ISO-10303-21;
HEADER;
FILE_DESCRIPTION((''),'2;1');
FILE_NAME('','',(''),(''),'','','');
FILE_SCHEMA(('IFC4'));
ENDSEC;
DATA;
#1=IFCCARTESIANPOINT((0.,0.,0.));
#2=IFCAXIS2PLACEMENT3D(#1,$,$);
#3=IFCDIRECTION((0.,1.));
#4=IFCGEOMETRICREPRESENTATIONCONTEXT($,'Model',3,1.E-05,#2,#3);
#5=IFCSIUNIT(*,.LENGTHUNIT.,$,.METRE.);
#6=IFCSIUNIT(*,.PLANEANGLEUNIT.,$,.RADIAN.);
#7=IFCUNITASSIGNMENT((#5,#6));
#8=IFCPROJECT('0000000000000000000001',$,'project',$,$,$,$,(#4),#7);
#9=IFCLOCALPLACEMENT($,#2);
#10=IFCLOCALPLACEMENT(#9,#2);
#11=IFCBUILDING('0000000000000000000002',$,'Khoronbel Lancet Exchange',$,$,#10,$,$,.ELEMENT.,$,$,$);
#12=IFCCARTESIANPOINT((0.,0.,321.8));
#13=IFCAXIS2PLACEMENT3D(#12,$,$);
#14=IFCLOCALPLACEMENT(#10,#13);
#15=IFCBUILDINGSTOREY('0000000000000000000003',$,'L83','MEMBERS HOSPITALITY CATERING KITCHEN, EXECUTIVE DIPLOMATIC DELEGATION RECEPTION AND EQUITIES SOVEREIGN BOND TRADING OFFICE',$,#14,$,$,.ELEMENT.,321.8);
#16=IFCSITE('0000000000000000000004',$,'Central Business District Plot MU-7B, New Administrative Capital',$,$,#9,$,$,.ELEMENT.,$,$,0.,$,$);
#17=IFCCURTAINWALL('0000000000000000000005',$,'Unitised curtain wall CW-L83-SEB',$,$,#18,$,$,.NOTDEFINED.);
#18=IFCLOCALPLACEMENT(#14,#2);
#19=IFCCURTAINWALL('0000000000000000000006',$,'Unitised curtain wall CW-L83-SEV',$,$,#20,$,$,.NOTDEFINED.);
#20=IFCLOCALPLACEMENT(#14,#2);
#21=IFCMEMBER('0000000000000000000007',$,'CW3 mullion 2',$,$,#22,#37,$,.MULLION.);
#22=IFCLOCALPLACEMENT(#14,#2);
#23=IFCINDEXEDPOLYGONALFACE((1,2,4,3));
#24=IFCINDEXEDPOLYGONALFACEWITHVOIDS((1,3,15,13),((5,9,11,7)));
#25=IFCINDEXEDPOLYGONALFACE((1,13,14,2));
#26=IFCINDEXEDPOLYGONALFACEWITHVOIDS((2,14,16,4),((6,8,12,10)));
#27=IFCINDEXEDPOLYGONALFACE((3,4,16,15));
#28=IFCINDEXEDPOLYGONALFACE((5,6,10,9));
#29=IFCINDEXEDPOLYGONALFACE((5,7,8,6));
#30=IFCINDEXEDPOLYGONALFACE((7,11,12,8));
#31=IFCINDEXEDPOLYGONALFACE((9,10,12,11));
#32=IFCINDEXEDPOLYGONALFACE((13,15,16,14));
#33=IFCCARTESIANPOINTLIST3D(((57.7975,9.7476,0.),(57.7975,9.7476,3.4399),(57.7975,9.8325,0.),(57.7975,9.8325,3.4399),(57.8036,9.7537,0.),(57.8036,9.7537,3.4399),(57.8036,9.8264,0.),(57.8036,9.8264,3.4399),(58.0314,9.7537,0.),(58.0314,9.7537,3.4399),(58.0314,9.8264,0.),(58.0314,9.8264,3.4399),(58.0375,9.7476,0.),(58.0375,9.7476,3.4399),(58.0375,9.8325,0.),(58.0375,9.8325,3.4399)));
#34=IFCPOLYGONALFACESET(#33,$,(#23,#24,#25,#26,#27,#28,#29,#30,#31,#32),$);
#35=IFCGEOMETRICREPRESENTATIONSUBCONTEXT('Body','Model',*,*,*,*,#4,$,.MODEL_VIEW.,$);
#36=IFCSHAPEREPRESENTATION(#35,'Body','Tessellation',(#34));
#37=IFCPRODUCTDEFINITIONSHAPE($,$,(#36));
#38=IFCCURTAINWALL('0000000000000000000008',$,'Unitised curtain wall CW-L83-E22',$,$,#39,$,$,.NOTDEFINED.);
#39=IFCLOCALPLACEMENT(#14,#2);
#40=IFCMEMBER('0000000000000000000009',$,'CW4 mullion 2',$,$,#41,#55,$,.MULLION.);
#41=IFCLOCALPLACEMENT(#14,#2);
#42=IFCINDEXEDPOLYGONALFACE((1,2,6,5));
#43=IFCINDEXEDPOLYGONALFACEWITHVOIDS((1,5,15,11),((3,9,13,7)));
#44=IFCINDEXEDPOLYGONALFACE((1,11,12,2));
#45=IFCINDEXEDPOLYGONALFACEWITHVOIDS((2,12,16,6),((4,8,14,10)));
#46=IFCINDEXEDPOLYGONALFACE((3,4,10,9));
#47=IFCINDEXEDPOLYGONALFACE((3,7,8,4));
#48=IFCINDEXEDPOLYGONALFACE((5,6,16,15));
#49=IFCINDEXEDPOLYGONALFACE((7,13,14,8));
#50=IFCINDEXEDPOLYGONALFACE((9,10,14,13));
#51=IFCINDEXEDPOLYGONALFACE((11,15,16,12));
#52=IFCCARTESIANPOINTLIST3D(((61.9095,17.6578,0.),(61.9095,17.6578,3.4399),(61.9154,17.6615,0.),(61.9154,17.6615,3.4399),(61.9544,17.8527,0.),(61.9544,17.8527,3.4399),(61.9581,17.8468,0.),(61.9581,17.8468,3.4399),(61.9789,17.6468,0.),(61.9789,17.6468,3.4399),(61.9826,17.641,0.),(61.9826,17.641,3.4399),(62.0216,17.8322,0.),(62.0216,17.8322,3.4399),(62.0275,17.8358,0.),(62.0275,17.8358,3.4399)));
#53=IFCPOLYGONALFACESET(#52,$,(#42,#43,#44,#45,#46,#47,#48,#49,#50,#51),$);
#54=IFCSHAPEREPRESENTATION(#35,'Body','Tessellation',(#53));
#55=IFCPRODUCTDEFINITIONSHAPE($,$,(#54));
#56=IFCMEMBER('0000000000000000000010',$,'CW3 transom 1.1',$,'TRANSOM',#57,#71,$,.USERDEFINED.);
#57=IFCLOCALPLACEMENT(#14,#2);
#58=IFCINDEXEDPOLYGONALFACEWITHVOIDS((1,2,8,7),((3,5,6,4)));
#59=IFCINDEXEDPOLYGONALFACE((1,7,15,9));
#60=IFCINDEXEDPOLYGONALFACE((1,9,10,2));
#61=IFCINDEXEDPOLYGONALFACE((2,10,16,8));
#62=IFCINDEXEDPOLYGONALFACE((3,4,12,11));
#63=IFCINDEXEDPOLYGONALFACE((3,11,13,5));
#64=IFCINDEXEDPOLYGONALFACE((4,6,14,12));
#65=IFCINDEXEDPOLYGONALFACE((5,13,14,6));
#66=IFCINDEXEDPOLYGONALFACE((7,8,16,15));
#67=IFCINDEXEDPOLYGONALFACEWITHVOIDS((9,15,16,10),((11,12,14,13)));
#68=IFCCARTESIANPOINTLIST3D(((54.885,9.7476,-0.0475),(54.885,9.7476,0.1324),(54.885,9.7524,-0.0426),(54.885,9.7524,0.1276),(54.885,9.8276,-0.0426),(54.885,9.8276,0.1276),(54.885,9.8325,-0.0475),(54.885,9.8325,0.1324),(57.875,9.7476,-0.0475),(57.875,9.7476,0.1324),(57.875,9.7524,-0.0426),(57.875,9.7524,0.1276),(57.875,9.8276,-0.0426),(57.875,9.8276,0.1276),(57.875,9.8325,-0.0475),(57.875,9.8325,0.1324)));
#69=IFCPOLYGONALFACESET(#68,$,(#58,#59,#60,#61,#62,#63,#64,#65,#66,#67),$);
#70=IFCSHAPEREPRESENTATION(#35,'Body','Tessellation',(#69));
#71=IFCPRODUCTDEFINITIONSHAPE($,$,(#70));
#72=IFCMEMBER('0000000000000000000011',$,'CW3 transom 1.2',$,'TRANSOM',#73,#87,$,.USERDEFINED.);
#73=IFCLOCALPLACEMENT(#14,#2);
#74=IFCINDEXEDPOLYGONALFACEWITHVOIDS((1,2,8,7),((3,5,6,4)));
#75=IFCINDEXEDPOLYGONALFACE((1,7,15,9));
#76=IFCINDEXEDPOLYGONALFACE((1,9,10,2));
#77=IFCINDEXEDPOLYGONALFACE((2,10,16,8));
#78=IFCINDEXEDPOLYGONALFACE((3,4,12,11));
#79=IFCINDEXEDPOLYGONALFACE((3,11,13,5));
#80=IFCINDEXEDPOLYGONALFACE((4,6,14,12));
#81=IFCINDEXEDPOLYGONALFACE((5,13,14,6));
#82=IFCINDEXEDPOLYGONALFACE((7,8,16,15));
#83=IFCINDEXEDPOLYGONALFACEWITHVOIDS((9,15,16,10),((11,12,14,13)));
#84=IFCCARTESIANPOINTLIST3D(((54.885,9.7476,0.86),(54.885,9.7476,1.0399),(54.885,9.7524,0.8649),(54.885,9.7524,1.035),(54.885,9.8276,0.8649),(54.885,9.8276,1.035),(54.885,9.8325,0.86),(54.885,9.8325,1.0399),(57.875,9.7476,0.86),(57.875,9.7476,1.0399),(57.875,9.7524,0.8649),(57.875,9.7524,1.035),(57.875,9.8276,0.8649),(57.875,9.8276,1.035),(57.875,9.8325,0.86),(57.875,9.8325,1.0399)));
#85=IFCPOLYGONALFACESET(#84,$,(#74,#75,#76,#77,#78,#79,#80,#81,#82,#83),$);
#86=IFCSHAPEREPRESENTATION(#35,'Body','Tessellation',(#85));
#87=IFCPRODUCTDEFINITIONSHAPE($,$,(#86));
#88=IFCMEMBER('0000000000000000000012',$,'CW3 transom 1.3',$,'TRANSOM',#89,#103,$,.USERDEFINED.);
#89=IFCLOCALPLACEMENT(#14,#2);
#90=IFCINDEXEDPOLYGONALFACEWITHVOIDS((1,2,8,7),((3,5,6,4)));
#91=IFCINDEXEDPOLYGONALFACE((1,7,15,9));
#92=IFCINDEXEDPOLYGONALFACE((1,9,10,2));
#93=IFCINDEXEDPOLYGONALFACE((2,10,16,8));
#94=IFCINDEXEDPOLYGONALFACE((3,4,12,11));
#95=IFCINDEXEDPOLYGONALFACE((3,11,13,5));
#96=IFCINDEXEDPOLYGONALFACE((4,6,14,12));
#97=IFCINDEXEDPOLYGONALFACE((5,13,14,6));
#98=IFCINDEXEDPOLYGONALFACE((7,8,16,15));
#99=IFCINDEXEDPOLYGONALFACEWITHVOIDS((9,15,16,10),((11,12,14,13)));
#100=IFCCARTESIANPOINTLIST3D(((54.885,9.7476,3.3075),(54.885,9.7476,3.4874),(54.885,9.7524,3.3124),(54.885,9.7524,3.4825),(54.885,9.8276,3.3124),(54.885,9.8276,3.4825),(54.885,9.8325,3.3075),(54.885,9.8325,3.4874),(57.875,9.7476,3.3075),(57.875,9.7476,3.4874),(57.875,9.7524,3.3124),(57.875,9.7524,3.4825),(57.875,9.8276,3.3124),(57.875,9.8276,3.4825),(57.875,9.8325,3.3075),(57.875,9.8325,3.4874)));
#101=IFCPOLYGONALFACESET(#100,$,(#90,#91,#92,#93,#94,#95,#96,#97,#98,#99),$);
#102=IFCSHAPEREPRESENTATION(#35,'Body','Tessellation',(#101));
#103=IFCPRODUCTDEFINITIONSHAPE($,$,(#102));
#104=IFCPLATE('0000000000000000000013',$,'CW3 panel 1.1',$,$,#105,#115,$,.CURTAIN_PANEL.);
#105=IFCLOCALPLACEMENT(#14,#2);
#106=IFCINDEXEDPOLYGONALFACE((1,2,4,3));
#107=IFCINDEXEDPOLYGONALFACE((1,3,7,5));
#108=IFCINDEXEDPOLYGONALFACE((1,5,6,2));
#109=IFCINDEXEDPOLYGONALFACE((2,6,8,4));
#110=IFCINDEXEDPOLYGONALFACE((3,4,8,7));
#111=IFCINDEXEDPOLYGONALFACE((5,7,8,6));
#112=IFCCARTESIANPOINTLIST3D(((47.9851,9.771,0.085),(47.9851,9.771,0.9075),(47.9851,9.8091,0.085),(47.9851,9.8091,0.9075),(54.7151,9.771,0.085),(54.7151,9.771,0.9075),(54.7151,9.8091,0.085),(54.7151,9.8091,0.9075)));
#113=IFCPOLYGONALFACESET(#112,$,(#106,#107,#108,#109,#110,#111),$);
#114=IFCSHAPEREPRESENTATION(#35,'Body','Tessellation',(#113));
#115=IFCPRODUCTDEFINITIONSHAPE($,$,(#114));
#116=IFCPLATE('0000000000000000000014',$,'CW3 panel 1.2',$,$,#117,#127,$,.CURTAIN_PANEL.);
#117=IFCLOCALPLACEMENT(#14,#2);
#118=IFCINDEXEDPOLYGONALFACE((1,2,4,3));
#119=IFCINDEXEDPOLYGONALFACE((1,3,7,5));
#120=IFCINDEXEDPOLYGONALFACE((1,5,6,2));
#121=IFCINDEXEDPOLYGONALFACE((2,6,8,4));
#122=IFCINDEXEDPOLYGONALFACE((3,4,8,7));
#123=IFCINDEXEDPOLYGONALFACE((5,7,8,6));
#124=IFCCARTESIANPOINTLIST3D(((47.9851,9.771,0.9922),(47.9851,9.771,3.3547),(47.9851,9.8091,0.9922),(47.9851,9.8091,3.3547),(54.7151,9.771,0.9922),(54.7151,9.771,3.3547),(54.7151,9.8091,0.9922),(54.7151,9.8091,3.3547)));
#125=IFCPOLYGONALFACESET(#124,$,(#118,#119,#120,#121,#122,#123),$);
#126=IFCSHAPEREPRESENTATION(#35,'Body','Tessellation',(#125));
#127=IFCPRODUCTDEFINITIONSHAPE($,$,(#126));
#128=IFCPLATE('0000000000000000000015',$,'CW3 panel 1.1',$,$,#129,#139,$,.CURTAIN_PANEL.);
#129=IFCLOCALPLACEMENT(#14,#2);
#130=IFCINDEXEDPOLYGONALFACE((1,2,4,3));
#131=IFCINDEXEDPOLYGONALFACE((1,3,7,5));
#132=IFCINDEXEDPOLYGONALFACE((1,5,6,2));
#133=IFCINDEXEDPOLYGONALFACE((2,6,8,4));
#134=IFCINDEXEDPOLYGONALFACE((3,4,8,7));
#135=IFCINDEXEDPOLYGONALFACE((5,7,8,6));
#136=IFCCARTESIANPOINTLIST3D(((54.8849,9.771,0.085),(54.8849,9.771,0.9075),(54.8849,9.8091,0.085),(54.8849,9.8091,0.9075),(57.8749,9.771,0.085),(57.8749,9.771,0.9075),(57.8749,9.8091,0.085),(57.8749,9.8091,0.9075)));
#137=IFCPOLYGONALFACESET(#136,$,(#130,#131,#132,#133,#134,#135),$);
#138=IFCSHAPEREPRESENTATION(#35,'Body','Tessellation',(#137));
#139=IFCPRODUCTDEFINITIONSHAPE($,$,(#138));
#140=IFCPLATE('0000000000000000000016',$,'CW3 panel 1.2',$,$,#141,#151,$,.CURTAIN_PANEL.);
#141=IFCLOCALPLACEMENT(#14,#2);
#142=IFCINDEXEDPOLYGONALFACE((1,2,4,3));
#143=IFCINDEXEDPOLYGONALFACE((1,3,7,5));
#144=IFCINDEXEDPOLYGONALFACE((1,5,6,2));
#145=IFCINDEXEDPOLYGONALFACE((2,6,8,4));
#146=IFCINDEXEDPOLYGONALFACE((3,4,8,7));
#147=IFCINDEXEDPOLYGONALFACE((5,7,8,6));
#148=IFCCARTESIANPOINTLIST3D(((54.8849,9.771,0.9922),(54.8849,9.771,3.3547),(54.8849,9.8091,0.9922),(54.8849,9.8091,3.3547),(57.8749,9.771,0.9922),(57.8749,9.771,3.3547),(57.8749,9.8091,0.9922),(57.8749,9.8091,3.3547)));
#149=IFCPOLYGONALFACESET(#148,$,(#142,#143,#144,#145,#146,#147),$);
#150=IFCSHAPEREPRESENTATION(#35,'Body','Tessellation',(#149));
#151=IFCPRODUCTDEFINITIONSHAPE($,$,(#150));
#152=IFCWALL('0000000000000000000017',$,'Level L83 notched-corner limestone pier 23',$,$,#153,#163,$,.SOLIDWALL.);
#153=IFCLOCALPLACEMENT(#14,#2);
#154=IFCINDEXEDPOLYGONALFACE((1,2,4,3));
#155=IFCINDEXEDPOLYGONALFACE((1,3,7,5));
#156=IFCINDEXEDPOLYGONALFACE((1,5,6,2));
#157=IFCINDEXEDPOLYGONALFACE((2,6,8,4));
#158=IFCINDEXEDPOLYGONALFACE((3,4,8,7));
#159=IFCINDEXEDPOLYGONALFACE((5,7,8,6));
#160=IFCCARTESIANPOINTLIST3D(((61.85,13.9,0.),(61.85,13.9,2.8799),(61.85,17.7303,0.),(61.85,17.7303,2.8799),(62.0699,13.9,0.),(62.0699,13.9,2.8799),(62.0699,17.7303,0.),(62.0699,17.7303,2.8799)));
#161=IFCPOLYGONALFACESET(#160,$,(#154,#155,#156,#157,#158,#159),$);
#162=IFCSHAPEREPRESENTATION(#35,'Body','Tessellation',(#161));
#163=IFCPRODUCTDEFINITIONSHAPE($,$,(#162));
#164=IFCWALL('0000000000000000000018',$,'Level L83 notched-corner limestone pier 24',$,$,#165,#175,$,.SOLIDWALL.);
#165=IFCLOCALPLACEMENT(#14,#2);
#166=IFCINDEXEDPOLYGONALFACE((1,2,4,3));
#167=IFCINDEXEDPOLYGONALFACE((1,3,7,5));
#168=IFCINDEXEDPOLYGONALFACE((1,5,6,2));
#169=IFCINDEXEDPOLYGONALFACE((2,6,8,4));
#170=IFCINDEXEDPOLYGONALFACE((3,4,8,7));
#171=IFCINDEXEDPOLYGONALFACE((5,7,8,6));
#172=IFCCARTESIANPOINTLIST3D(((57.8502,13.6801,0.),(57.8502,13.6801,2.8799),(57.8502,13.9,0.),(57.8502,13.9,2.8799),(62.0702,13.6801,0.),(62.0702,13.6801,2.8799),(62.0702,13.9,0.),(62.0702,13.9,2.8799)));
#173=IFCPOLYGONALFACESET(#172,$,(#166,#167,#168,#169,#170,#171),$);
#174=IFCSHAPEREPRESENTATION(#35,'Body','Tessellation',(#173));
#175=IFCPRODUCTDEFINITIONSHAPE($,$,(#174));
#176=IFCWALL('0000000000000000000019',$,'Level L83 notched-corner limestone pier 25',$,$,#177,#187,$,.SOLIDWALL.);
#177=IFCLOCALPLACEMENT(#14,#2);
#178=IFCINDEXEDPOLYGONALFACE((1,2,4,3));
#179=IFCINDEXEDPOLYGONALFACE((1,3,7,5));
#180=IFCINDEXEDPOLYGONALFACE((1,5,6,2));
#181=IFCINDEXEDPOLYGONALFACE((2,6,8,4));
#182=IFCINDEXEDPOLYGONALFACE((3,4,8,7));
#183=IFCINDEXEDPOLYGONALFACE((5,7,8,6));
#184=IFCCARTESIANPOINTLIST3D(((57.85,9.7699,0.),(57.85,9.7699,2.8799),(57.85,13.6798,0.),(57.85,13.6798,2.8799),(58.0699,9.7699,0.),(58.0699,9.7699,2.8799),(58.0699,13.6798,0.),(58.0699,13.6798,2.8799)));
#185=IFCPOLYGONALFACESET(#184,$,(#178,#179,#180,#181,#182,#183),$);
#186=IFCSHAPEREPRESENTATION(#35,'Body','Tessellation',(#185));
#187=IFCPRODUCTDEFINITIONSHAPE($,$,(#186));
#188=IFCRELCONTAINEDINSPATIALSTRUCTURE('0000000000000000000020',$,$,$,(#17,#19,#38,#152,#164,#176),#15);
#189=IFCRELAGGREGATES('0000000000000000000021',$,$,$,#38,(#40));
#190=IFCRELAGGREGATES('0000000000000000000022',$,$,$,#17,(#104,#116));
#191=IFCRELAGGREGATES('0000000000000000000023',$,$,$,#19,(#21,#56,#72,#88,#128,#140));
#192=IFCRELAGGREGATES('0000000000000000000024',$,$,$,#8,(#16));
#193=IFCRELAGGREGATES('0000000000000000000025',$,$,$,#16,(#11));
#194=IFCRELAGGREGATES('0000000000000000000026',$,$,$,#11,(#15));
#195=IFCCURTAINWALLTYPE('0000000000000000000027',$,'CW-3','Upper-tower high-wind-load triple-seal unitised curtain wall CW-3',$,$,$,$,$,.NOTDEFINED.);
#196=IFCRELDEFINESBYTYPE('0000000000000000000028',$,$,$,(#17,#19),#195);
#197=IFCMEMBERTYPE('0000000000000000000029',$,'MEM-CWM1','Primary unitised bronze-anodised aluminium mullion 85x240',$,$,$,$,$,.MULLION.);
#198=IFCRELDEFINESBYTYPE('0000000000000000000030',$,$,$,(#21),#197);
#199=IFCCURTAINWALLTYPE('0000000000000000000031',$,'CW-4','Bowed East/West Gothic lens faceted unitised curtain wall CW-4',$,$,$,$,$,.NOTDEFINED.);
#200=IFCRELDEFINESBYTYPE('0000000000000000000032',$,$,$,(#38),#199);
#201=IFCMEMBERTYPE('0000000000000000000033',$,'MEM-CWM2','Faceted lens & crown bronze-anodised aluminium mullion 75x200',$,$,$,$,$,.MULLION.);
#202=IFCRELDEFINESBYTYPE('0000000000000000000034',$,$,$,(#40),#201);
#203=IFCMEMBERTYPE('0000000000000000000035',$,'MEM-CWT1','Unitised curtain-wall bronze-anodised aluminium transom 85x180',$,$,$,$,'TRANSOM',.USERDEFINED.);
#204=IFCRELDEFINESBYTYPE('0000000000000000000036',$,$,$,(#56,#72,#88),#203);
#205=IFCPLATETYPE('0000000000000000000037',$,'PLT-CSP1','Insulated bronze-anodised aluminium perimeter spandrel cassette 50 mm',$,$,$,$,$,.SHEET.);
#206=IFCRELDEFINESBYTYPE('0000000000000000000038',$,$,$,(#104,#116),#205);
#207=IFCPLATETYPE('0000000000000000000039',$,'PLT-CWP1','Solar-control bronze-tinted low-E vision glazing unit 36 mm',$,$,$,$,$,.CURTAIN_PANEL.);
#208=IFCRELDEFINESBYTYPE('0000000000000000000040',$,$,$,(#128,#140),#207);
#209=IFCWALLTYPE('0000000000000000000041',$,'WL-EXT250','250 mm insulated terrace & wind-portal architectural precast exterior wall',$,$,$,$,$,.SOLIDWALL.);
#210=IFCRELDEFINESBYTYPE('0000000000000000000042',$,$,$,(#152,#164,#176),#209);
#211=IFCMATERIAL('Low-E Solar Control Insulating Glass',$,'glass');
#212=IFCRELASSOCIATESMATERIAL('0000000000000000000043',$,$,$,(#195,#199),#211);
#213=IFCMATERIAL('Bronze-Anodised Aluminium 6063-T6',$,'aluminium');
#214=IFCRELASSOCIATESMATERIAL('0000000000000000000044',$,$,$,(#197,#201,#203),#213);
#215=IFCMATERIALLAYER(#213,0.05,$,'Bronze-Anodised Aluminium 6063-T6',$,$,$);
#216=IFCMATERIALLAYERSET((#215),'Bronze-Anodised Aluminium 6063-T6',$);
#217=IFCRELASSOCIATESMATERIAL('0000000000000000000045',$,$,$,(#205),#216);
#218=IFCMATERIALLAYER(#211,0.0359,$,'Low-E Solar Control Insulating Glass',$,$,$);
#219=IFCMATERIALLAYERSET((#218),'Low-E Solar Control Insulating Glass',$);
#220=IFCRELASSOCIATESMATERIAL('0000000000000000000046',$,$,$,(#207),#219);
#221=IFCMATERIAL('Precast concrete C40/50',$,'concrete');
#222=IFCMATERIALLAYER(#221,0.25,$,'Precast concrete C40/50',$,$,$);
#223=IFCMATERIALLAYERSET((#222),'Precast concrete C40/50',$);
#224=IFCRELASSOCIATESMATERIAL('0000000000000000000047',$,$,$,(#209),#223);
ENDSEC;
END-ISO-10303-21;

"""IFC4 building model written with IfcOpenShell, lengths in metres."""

from ifc_helpers import new_model, si_unit, direction, frame, frame_2d, origin, origin_2d, place, context, subcontext, project, spatial, rectangle, hollow_rectangle, extrude, material, layer, layer_set, material_profile, profile_set, type_object, element, aggregate, save


model = new_model("IFC4")

# Units and contexts
model_context = context("Model", 3, precision=1e-05, world=origin(), true_north=direction((0.0, 1.0)))
body_context = subcontext(model_context, "Body", "Model", "MODEL_VIEW")
ifc_project = project(units=[si_unit("LENGTHUNIT", "METRE"), si_unit("PLANEANGLEUNIT", "RADIAN")], contexts=[model_context])

# Site, building, storey
site_placement = place(None, origin())
site = spatial("IfcSite", under=ifc_project, at=site_placement, Name="Central Business District Plot MU-7B, New Administrative Capital", CompositionType="ELEMENT", RefElevation=0.0)
building_placement = place(site_placement, origin())
building = spatial("IfcBuilding", under=site, at=building_placement, Name="Khoronbel Lancet Exchange", CompositionType="ELEMENT")
storey_placement = place(building_placement, frame((0.0, 0.0, 321.8)))
storey = spatial("IfcBuildingStorey", under=building, at=storey_placement, Name="L83", Description="MEMBERS HOSPITALITY CATERING KITCHEN, EXECUTIVE DIPLOMATIC DELEGATION RECEPTION AND EQUITIES SOVEREIGN BOND TRADING OFFICE", CompositionType="ELEMENT", Elevation=321.8)

# Curtain wall
ifc_material_1 = material(Name="Low-E Solar Control Insulating Glass", Category="glass")
curtain_wall_type_1 = type_object("IfcCurtainWallType", Name="CW-3", Description="Upper-tower high-wind-load triple-seal unitised curtain wall CW-3", PredefinedType="NOTDEFINED", material=ifc_material_1)
curtain_wall_1_placement = place(storey_placement, origin())
curtain_wall_1 = element("IfcCurtainWall", 1, at=curtain_wall_1_placement, inside=storey, type_object=curtain_wall_type_1, Name="Unitised curtain wall CW-L83-SEB", PredefinedType="NOTDEFINED")
ifc_material_2 = material(Name="Bronze-Anodised Aluminium 6063-T6", Category="aluminium")
ifc_material_profile_1 = material_profile(ifc_material_2, hollow_rectangle(XDim=0.085, YDim=0.24, WallThickness=0.0061, at=origin_2d()), Name="ALU MULLION 85x240")
ifc_profile_set_1 = profile_set([ifc_material_profile_1], Name="Bronze-Anodised Aluminium 6063-T6")
member_type_1 = type_object("IfcMemberType", Name="MEM-CWM1", Description="Primary unitised bronze-anodised aluminium mullion 85x240", PredefinedType="MULLION", material=ifc_profile_set_1)

# Curtain wall, member
curtain_wall_2_placement = place(storey_placement, origin())
curtain_wall_2 = element("IfcCurtainWall", 2, at=curtain_wall_2_placement, inside=storey, type_object=curtain_wall_type_1, Name="Unitised curtain wall CW-L83-SEV", PredefinedType="NOTDEFINED")
member_1_placement = place(storey_placement, frame((57.9175, 9.79, 0.0), z_axis=(0.0, 0.0, 1.0), x_axis=(0.0, 1.0, 0.0)))
member_1 = element("IfcMember", 3, at=member_1_placement, type_object=member_type_1, Name="CW3 mullion 2", PredefinedType="MULLION", context=body_context, shape_type="SweptSolid", body=[
    extrude(hollow_rectangle(XDim=0.085, YDim=0.24, WallThickness=0.0061, at=origin_2d()), origin(), (0.0, 0.0, 1.0), 3.4399),
])

# Curtain wall, member
curtain_wall_type_2 = type_object("IfcCurtainWallType", Name="CW-4", Description="Bowed East/West Gothic lens faceted unitised curtain wall CW-4", PredefinedType="NOTDEFINED", material=ifc_material_1)
curtain_wall_3_placement = place(storey_placement, origin())
curtain_wall_3 = element("IfcCurtainWall", 4, at=curtain_wall_3_placement, inside=storey, type_object=curtain_wall_type_2, Name="Unitised curtain wall CW-L83-E22", PredefinedType="NOTDEFINED")
ifc_material_profile_2 = material_profile(ifc_material_2, hollow_rectangle(XDim=0.075, YDim=0.2, WallThickness=0.0049, at=origin_2d()), Name="ALU MULLION 75x200")
ifc_profile_set_2 = profile_set([ifc_material_profile_2], Name="Bronze-Anodised Aluminium 6063-T6")
member_type_2 = type_object("IfcMemberType", Name="MEM-CWM2", Description="Faceted lens & crown bronze-anodised aluminium mullion 75x200", PredefinedType="MULLION", material=ifc_profile_set_2)
member_2_placement = place(storey_placement, frame((61.9685, 17.7468, 0.0), z_axis=(0.0, 0.0, 1.0), x_axis=(0.97448, -0.224476, 0.0)))
member_2 = element("IfcMember", 5, at=member_2_placement, type_object=member_type_2, Name="CW4 mullion 2", PredefinedType="MULLION", context=body_context, shape_type="SweptSolid", body=[
    extrude(hollow_rectangle(XDim=0.075, YDim=0.2, WallThickness=0.0049, at=origin_2d()), origin(), (0.0, 0.0, 1.0), 3.4399),
])
aggregate(curtain_wall_3, [member_2])

# Members
ifc_material_profile_3 = material_profile(ifc_material_2, hollow_rectangle(XDim=0.085, YDim=0.1799, WallThickness=0.0049, at=origin_2d()), Name="ALU TRANSOM 85x180")
ifc_profile_set_3 = profile_set([ifc_material_profile_3], Name="Bronze-Anodised Aluminium 6063-T6")
member_type_3 = type_object("IfcMemberType", Name="MEM-CWT1", Description="Unitised curtain-wall bronze-anodised aluminium transom 85x180", ElementType="TRANSOM", PredefinedType="USERDEFINED", material=ifc_profile_set_3)
member_3_placement = place(storey_placement, frame((54.885, 9.79, 0.0425), z_axis=(1.0, 0.0, 0.0), x_axis=(0.0, 1.0, 0.0)))
member_3 = element("IfcMember", 6, at=member_3_placement, type_object=member_type_3, Name="CW3 transom 1.1", ObjectType="TRANSOM", PredefinedType="USERDEFINED", context=body_context, shape_type="SweptSolid", body=[
    extrude(hollow_rectangle(XDim=0.085, YDim=0.1799, WallThickness=0.0049, at=origin_2d()), origin(), (0.0, 0.0, 1.0), 2.99),
])
member_4_placement = place(storey_placement, frame((54.885, 9.79, 0.95), z_axis=(1.0, 0.0, 0.0), x_axis=(0.0, 1.0, 0.0)))
member_4 = element("IfcMember", 7, at=member_4_placement, type_object=member_type_3, Name="CW3 transom 1.2", ObjectType="TRANSOM", PredefinedType="USERDEFINED", context=body_context, shape_type="SweptSolid", body=[
    extrude(hollow_rectangle(XDim=0.085, YDim=0.1799, WallThickness=0.0049, at=origin_2d()), origin(), (0.0, 0.0, 1.0), 2.99),
])
member_5_placement = place(storey_placement, frame((54.885, 9.79, 3.3975), z_axis=(1.0, 0.0, 0.0), x_axis=(0.0, 1.0, 0.0)))
member_5 = element("IfcMember", 8, at=member_5_placement, type_object=member_type_3, Name="CW3 transom 1.3", ObjectType="TRANSOM", PredefinedType="USERDEFINED", context=body_context, shape_type="SweptSolid", body=[
    extrude(hollow_rectangle(XDim=0.085, YDim=0.1799, WallThickness=0.0049, at=origin_2d()), origin(), (0.0, 0.0, 1.0), 2.99),
])

# Plates
ifc_layer_1 = layer(ifc_material_2, 0.05, Name="Bronze-Anodised Aluminium 6063-T6")
ifc_layer_set_1 = layer_set([ifc_layer_1], Name="Bronze-Anodised Aluminium 6063-T6")
plate_type_1 = type_object("IfcPlateType", Name="PLT-CSP1", Description="Insulated bronze-anodised aluminium perimeter spandrel cassette 50 mm", PredefinedType="SHEET", material=ifc_layer_set_1)
plate_1_placement = place(storey_placement, frame((51.3501, 9.79, 0.085), z_axis=(0.0, 0.0, 1.0), x_axis=(1.0, 0.0, 0.0)))
plate_1 = element("IfcPlate", 9, at=plate_1_placement, type_object=plate_type_1, Name="CW3 panel 1.1", PredefinedType="CURTAIN_PANEL", context=body_context, shape_type="SweptSolid", body=[
    extrude(rectangle(XDim=6.73, YDim=0.0381, at=origin_2d()), origin(), (0.0, 0.0, 1.0), 0.8225),
])
plate_2_placement = place(storey_placement, frame((51.3501, 9.79, 0.9922), z_axis=(0.0, 0.0, 1.0), x_axis=(1.0, 0.0, 0.0)))
plate_2 = element("IfcPlate", 10, at=plate_2_placement, type_object=plate_type_1, Name="CW3 panel 1.2", PredefinedType="CURTAIN_PANEL", context=body_context, shape_type="SweptSolid", body=[
    extrude(rectangle(XDim=6.73, YDim=0.0381, at=origin_2d()), origin(), (0.0, 0.0, 1.0), 2.3625),
])
aggregate(curtain_wall_1, [plate_1, plate_2])
ifc_layer_2 = layer(ifc_material_1, 0.0359, Name="Low-E Solar Control Insulating Glass")
ifc_layer_set_2 = layer_set([ifc_layer_2], Name="Low-E Solar Control Insulating Glass")
plate_type_2 = type_object("IfcPlateType", Name="PLT-CWP1", Description="Solar-control bronze-tinted low-E vision glazing unit 36 mm", PredefinedType="CURTAIN_PANEL", material=ifc_layer_set_2)
plate_3_placement = place(storey_placement, frame((56.3799, 9.79, 0.085), z_axis=(0.0, 0.0, 1.0), x_axis=(1.0, 0.0, 0.0)))
plate_3 = element("IfcPlate", 11, at=plate_3_placement, type_object=plate_type_2, Name="CW3 panel 1.1", PredefinedType="CURTAIN_PANEL", context=body_context, shape_type="SweptSolid", body=[
    extrude(rectangle(XDim=2.99, YDim=0.0381, at=origin_2d()), origin(), (0.0, 0.0, 1.0), 0.8225),
])
plate_4_placement = place(storey_placement, frame((56.3799, 9.79, 0.9922), z_axis=(0.0, 0.0, 1.0), x_axis=(1.0, 0.0, 0.0)))
plate_4 = element("IfcPlate", 12, at=plate_4_placement, type_object=plate_type_2, Name="CW3 panel 1.2", PredefinedType="CURTAIN_PANEL", context=body_context, shape_type="SweptSolid", body=[
    extrude(rectangle(XDim=2.99, YDim=0.0381, at=origin_2d()), origin(), (0.0, 0.0, 1.0), 2.3625),
])
aggregate(curtain_wall_2, [member_1, member_3, member_4, member_5, plate_3, plate_4])

# Walls
ifc_material_3 = material(Name="Precast concrete C40/50", Category="concrete")
ifc_layer_3 = layer(ifc_material_3, 0.25, Name="Precast concrete C40/50")
ifc_layer_set_3 = layer_set([ifc_layer_3], Name="Precast concrete C40/50")
wall_type_1 = type_object("IfcWallType", Name="WL-EXT250", Description="250 mm insulated terrace & wind-portal architectural precast exterior wall", PredefinedType="SOLIDWALL", material=ifc_layer_set_3)
wall_1_placement = place(storey_placement, frame((61.96, 17.7302, 0.0), z_axis=(0.0, 0.0, 1.0), x_axis=(0.0, -1.0, 0.0)))
element("IfcWall", 13, at=wall_1_placement, inside=storey, type_object=wall_type_1, Name="Level L83 notched-corner limestone pier 23", PredefinedType="SOLIDWALL", context=body_context, shape_type="SweptSolid", body=[
    extrude(rectangle(XDim=3.8303, YDim=0.22, at=frame_2d((1.915, 0.0))), origin(), (0.0, 0.0, 1.0), 2.8799),
])
wall_2_placement = place(storey_placement, frame((62.0701, 13.79, 0.0), z_axis=(0.0, 0.0, 1.0), x_axis=(-1.0, 0.0, 0.0)))
element("IfcWall", 14, at=wall_2_placement, inside=storey, type_object=wall_type_1, Name="Level L83 notched-corner limestone pier 24", PredefinedType="SOLIDWALL", context=body_context, shape_type="SweptSolid", body=[
    extrude(rectangle(XDim=4.22, YDim=0.22, at=frame_2d((2.1099, 0.0))), origin(), (0.0, 0.0, 1.0), 2.8799),
])
wall_3_placement = place(storey_placement, frame((57.96, 13.6799, 0.0), z_axis=(0.0, 0.0, 1.0), x_axis=(0.0, -1.0, 0.0)))
element("IfcWall", 15, at=wall_3_placement, inside=storey, type_object=wall_type_1, Name="Level L83 notched-corner limestone pier 25", PredefinedType="SOLIDWALL", context=body_context, shape_type="SweptSolid", body=[
    extrude(rectangle(XDim=3.9099, YDim=0.22, at=frame_2d((1.9551, 0.0))), origin(), (0.0, 0.0, 1.0), 2.8799),
])

save(model, "model.ifc")
